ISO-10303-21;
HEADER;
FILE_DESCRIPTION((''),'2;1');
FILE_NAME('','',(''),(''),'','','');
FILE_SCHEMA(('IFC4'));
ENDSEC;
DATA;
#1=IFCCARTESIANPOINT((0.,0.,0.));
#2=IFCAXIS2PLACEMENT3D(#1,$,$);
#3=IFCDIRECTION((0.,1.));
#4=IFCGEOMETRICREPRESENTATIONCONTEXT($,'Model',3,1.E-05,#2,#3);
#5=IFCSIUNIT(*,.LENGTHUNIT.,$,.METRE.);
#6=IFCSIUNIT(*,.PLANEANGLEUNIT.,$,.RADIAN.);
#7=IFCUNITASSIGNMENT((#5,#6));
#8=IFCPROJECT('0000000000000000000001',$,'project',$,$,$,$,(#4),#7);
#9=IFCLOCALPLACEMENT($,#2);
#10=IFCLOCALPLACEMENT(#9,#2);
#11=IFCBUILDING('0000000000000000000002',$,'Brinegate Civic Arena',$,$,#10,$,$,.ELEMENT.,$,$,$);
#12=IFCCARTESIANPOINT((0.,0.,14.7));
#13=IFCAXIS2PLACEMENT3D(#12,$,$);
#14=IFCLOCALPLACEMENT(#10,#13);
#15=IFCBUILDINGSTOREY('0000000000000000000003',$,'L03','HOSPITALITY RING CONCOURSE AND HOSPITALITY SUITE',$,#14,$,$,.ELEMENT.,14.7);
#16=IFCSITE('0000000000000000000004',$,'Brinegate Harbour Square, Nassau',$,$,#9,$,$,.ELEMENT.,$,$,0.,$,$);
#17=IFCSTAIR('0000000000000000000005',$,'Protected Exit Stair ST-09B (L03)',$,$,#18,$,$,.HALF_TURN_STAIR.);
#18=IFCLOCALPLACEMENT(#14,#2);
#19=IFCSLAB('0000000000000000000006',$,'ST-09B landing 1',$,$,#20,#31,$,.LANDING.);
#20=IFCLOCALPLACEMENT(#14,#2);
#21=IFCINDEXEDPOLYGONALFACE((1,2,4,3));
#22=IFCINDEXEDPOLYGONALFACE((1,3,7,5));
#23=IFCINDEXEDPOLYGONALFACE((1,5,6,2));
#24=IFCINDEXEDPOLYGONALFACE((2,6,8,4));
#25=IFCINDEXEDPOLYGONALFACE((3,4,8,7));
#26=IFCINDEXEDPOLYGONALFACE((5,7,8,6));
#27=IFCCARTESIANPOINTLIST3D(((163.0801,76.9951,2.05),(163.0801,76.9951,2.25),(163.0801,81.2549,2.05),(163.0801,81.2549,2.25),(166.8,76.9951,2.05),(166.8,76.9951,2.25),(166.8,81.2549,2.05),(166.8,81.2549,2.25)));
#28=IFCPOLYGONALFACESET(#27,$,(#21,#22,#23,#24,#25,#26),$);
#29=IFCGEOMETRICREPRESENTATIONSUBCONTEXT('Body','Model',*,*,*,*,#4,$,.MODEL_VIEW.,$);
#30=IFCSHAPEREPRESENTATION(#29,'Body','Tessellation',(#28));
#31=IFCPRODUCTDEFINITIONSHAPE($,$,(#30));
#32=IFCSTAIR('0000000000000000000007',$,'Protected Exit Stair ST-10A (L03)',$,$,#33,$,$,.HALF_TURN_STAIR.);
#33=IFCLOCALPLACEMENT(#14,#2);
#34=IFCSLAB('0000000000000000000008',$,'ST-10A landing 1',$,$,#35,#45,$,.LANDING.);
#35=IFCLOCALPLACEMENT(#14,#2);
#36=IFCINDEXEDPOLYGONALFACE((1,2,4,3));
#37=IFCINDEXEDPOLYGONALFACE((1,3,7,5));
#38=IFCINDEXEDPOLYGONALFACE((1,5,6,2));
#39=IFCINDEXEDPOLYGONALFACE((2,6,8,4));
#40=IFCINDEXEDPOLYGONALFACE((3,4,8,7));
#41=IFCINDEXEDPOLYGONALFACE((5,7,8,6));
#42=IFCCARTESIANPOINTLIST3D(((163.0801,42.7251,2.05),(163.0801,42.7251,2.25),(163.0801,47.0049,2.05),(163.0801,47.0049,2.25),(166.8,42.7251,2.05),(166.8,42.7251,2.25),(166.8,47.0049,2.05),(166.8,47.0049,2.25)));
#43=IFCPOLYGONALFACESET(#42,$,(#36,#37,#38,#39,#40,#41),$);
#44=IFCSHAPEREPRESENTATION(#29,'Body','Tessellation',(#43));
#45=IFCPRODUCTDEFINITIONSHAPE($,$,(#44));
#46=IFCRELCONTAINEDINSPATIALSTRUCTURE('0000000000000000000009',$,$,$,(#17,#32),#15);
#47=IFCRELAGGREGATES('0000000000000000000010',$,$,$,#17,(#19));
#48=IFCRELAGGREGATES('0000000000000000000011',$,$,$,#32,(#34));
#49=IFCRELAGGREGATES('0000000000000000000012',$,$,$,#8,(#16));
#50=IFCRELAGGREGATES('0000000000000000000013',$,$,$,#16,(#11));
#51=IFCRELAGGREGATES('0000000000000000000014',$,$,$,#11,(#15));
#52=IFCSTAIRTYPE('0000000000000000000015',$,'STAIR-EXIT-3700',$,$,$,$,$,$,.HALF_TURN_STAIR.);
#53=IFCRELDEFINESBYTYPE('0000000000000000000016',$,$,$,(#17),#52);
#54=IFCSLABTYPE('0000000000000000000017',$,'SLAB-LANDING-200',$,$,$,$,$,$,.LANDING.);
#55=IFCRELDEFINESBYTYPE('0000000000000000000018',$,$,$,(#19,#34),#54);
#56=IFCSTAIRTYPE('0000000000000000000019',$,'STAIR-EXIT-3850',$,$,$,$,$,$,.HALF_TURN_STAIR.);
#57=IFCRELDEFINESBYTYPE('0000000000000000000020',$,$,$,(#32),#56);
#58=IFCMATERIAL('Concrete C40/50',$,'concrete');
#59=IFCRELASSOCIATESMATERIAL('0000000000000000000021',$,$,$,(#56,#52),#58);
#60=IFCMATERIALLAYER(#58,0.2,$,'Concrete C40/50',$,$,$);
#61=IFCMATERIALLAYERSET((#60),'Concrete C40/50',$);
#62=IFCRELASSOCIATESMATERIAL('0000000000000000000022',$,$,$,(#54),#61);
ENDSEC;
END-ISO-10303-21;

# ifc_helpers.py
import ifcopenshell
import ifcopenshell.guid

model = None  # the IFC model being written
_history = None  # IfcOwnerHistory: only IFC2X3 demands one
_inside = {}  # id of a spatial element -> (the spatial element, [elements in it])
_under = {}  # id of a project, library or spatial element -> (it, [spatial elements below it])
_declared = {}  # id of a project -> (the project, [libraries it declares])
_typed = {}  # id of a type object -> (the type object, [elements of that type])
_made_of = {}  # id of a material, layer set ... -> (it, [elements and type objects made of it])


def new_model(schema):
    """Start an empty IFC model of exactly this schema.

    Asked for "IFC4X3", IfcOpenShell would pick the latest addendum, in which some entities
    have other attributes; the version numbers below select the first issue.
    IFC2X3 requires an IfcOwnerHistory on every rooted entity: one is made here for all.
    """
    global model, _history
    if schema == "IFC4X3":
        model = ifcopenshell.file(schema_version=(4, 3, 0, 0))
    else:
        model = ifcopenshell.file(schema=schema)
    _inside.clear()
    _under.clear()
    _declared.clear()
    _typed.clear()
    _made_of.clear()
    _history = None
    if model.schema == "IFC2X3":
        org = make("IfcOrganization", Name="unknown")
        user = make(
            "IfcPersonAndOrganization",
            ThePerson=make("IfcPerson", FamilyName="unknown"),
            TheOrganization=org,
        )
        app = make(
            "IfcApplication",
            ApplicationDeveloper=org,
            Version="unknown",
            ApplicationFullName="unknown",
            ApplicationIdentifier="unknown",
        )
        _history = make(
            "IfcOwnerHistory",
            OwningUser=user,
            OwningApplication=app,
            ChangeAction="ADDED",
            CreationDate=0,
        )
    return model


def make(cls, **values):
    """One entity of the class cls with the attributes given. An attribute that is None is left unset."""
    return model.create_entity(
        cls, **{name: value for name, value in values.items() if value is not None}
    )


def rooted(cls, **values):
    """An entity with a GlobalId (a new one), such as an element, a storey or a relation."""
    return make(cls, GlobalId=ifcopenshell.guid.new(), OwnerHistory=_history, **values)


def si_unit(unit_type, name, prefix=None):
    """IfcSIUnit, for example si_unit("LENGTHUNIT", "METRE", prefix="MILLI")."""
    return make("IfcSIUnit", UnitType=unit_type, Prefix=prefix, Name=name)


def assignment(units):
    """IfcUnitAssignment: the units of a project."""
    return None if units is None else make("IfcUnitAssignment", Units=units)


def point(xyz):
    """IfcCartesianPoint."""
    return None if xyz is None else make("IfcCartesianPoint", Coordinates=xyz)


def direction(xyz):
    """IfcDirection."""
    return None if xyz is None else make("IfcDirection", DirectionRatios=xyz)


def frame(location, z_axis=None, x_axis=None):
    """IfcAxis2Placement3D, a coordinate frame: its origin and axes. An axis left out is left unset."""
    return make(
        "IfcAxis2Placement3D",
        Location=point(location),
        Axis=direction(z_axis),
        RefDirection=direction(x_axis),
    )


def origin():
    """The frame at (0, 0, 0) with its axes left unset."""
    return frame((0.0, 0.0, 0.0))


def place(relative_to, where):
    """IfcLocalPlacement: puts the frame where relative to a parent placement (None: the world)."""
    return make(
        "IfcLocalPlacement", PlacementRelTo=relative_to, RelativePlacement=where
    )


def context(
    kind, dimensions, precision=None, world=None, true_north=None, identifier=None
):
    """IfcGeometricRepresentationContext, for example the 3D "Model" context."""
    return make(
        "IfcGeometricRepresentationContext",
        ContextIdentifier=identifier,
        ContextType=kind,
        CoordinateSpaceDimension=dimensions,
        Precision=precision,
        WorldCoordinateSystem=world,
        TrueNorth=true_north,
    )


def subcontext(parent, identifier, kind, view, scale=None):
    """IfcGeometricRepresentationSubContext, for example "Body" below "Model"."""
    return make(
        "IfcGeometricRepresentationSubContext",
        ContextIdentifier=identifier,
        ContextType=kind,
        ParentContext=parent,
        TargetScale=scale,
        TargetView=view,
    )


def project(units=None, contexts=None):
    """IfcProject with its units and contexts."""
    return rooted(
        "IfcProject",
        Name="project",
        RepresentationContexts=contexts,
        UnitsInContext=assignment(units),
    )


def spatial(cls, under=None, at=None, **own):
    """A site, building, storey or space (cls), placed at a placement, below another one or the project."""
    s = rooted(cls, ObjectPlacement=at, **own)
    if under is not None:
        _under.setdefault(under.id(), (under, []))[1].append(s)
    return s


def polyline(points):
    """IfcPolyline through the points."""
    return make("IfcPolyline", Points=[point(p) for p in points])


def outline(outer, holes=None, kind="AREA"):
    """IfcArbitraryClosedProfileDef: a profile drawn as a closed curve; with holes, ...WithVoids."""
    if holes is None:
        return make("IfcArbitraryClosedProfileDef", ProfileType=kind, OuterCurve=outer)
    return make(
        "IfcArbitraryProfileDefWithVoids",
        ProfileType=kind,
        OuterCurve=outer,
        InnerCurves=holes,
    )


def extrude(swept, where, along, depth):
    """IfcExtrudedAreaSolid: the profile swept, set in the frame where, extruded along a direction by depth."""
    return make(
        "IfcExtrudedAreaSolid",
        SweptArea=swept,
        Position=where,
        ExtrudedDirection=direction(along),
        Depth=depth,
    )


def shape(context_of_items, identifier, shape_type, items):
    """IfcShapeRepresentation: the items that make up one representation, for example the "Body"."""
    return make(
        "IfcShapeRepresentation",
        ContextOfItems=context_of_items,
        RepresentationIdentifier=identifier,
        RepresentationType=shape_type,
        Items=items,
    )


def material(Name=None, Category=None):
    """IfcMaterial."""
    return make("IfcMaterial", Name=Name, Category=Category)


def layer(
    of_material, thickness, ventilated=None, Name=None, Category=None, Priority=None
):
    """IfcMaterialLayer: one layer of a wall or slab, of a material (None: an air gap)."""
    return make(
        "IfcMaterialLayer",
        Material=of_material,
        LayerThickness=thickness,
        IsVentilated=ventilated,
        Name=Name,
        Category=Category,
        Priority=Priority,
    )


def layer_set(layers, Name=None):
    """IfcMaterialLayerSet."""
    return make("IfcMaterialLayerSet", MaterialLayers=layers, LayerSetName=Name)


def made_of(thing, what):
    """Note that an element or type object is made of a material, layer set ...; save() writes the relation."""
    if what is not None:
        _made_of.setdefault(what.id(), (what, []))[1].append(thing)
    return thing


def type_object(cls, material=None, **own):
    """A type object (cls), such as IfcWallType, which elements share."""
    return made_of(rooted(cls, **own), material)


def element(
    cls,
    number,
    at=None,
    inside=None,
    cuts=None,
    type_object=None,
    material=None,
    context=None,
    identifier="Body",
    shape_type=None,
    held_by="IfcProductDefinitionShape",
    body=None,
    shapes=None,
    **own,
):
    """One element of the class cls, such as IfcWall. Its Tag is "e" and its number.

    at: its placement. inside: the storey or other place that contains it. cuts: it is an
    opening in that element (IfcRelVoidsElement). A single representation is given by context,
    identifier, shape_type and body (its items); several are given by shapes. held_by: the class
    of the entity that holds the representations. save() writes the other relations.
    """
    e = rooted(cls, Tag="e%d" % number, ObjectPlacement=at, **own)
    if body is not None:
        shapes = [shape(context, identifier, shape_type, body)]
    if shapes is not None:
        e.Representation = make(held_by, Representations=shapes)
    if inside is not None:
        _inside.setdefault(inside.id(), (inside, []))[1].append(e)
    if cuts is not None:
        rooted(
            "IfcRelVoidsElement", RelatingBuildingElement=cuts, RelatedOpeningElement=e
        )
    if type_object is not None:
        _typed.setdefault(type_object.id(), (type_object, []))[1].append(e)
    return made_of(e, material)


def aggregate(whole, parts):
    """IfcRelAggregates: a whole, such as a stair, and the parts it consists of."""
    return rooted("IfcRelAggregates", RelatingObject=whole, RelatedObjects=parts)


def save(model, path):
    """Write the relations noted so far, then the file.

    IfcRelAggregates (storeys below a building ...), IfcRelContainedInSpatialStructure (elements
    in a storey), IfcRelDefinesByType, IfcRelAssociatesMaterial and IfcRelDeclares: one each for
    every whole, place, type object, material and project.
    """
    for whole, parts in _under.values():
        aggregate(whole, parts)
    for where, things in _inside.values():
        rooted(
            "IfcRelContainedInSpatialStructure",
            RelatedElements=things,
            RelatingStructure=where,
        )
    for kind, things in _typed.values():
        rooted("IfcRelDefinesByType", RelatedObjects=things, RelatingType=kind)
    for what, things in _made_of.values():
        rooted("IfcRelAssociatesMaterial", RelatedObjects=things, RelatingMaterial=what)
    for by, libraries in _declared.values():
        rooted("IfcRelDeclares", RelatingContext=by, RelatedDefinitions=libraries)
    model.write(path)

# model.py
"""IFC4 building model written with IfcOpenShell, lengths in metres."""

from ifc_helpers import new_model, si_unit, direction, frame, origin, place, context, subcontext, project, spatial, polyline, outline, extrude, material, layer, layer_set, type_object, element, aggregate, save


model = new_model("IFC4")

# Units and contexts
model_context = context("Model", 3, precision=1e-05, world=origin(), true_north=direction((0.0, 1.0)))
body_context = subcontext(model_context, "Body", "Model", "MODEL_VIEW")
ifc_project = project(units=[si_unit("LENGTHUNIT", "METRE"), si_unit("PLANEANGLEUNIT", "RADIAN")], contexts=[model_context])

# Site, building, storey
site_placement = place(None, origin())
site = spatial("IfcSite", under=ifc_project, at=site_placement, Name="Brinegate Harbour Square, Nassau", CompositionType="ELEMENT", RefElevation=0.0)
building_placement = place(site_placement, origin())
building = spatial("IfcBuilding", under=site, at=building_placement, Name="Brinegate Civic Arena", CompositionType="ELEMENT")
storey_placement = place(building_placement, frame((0.0, 0.0, 14.7)))
storey = spatial("IfcBuildingStorey", under=building, at=storey_placement, Name="L03", Description="HOSPITALITY RING CONCOURSE AND HOSPITALITY SUITE", CompositionType="ELEMENT", Elevation=14.7)

# Stairs, slabs
ifc_material = material(Name="Concrete C40/50", Category="concrete")
stair_type_1 = type_object("IfcStairType", Name="STAIR-EXIT-3850", PredefinedType="HALF_TURN_STAIR", material=ifc_material)
ifc_layer = layer(ifc_material, 0.2, Name="Concrete C40/50")
ifc_layer_set = layer_set([ifc_layer], Name="Concrete C40/50")
slab_type = type_object("IfcSlabType", Name="SLAB-LANDING-200", PredefinedType="LANDING", material=ifc_layer_set)
stair_type_2 = type_object("IfcStairType", Name="STAIR-EXIT-3700", PredefinedType="HALF_TURN_STAIR", material=ifc_material)
stair_1_placement = place(storey_placement, origin())
stair_1 = element("IfcStair", 1, at=stair_1_placement, inside=storey, type_object=stair_type_2, Name="Protected Exit Stair ST-09B (L03)", PredefinedType="HALF_TURN_STAIR")
slab_1_placement = place(storey_placement, frame((0.0, 0.0, 2.05)))
slab_1 = element("IfcSlab", 2, at=slab_1_placement, type_object=slab_type, Name="ST-09B landing 1", PredefinedType="LANDING", context=body_context, shape_type="SweptSolid", body=[
    extrude(outline(polyline([(163.0801, 76.9951), (166.8, 76.9951), (166.8, 81.2549), (163.0801, 81.2549), (163.0801, 76.9951)])), origin(), (0.0, 0.0, 1.0), 0.2),
])
aggregate(stair_1, [slab_1])
stair_2_placement = place(storey_placement, origin())
stair_2 = element("IfcStair", 3, at=stair_2_placement, inside=storey, type_object=stair_type_1, Name="Protected Exit Stair ST-10A (L03)", PredefinedType="HALF_TURN_STAIR")
slab_2_placement = place(storey_placement, frame((0.0, 0.0, 2.05)))
slab_2 = element("IfcSlab", 4, at=slab_2_placement, type_object=slab_type, Name="ST-10A landing 1", PredefinedType="LANDING", context=body_context, shape_type="SweptSolid", body=[
    extrude(outline(polyline([(163.0801, 42.7251), (166.8, 42.7251), (166.8, 47.0049), (163.0801, 47.0049), (163.0801, 42.7251)])), origin(), (0.0, 0.0, 1.0), 0.2),
])
aggregate(stair_2, [slab_2])

save(model, "model.ifc")
